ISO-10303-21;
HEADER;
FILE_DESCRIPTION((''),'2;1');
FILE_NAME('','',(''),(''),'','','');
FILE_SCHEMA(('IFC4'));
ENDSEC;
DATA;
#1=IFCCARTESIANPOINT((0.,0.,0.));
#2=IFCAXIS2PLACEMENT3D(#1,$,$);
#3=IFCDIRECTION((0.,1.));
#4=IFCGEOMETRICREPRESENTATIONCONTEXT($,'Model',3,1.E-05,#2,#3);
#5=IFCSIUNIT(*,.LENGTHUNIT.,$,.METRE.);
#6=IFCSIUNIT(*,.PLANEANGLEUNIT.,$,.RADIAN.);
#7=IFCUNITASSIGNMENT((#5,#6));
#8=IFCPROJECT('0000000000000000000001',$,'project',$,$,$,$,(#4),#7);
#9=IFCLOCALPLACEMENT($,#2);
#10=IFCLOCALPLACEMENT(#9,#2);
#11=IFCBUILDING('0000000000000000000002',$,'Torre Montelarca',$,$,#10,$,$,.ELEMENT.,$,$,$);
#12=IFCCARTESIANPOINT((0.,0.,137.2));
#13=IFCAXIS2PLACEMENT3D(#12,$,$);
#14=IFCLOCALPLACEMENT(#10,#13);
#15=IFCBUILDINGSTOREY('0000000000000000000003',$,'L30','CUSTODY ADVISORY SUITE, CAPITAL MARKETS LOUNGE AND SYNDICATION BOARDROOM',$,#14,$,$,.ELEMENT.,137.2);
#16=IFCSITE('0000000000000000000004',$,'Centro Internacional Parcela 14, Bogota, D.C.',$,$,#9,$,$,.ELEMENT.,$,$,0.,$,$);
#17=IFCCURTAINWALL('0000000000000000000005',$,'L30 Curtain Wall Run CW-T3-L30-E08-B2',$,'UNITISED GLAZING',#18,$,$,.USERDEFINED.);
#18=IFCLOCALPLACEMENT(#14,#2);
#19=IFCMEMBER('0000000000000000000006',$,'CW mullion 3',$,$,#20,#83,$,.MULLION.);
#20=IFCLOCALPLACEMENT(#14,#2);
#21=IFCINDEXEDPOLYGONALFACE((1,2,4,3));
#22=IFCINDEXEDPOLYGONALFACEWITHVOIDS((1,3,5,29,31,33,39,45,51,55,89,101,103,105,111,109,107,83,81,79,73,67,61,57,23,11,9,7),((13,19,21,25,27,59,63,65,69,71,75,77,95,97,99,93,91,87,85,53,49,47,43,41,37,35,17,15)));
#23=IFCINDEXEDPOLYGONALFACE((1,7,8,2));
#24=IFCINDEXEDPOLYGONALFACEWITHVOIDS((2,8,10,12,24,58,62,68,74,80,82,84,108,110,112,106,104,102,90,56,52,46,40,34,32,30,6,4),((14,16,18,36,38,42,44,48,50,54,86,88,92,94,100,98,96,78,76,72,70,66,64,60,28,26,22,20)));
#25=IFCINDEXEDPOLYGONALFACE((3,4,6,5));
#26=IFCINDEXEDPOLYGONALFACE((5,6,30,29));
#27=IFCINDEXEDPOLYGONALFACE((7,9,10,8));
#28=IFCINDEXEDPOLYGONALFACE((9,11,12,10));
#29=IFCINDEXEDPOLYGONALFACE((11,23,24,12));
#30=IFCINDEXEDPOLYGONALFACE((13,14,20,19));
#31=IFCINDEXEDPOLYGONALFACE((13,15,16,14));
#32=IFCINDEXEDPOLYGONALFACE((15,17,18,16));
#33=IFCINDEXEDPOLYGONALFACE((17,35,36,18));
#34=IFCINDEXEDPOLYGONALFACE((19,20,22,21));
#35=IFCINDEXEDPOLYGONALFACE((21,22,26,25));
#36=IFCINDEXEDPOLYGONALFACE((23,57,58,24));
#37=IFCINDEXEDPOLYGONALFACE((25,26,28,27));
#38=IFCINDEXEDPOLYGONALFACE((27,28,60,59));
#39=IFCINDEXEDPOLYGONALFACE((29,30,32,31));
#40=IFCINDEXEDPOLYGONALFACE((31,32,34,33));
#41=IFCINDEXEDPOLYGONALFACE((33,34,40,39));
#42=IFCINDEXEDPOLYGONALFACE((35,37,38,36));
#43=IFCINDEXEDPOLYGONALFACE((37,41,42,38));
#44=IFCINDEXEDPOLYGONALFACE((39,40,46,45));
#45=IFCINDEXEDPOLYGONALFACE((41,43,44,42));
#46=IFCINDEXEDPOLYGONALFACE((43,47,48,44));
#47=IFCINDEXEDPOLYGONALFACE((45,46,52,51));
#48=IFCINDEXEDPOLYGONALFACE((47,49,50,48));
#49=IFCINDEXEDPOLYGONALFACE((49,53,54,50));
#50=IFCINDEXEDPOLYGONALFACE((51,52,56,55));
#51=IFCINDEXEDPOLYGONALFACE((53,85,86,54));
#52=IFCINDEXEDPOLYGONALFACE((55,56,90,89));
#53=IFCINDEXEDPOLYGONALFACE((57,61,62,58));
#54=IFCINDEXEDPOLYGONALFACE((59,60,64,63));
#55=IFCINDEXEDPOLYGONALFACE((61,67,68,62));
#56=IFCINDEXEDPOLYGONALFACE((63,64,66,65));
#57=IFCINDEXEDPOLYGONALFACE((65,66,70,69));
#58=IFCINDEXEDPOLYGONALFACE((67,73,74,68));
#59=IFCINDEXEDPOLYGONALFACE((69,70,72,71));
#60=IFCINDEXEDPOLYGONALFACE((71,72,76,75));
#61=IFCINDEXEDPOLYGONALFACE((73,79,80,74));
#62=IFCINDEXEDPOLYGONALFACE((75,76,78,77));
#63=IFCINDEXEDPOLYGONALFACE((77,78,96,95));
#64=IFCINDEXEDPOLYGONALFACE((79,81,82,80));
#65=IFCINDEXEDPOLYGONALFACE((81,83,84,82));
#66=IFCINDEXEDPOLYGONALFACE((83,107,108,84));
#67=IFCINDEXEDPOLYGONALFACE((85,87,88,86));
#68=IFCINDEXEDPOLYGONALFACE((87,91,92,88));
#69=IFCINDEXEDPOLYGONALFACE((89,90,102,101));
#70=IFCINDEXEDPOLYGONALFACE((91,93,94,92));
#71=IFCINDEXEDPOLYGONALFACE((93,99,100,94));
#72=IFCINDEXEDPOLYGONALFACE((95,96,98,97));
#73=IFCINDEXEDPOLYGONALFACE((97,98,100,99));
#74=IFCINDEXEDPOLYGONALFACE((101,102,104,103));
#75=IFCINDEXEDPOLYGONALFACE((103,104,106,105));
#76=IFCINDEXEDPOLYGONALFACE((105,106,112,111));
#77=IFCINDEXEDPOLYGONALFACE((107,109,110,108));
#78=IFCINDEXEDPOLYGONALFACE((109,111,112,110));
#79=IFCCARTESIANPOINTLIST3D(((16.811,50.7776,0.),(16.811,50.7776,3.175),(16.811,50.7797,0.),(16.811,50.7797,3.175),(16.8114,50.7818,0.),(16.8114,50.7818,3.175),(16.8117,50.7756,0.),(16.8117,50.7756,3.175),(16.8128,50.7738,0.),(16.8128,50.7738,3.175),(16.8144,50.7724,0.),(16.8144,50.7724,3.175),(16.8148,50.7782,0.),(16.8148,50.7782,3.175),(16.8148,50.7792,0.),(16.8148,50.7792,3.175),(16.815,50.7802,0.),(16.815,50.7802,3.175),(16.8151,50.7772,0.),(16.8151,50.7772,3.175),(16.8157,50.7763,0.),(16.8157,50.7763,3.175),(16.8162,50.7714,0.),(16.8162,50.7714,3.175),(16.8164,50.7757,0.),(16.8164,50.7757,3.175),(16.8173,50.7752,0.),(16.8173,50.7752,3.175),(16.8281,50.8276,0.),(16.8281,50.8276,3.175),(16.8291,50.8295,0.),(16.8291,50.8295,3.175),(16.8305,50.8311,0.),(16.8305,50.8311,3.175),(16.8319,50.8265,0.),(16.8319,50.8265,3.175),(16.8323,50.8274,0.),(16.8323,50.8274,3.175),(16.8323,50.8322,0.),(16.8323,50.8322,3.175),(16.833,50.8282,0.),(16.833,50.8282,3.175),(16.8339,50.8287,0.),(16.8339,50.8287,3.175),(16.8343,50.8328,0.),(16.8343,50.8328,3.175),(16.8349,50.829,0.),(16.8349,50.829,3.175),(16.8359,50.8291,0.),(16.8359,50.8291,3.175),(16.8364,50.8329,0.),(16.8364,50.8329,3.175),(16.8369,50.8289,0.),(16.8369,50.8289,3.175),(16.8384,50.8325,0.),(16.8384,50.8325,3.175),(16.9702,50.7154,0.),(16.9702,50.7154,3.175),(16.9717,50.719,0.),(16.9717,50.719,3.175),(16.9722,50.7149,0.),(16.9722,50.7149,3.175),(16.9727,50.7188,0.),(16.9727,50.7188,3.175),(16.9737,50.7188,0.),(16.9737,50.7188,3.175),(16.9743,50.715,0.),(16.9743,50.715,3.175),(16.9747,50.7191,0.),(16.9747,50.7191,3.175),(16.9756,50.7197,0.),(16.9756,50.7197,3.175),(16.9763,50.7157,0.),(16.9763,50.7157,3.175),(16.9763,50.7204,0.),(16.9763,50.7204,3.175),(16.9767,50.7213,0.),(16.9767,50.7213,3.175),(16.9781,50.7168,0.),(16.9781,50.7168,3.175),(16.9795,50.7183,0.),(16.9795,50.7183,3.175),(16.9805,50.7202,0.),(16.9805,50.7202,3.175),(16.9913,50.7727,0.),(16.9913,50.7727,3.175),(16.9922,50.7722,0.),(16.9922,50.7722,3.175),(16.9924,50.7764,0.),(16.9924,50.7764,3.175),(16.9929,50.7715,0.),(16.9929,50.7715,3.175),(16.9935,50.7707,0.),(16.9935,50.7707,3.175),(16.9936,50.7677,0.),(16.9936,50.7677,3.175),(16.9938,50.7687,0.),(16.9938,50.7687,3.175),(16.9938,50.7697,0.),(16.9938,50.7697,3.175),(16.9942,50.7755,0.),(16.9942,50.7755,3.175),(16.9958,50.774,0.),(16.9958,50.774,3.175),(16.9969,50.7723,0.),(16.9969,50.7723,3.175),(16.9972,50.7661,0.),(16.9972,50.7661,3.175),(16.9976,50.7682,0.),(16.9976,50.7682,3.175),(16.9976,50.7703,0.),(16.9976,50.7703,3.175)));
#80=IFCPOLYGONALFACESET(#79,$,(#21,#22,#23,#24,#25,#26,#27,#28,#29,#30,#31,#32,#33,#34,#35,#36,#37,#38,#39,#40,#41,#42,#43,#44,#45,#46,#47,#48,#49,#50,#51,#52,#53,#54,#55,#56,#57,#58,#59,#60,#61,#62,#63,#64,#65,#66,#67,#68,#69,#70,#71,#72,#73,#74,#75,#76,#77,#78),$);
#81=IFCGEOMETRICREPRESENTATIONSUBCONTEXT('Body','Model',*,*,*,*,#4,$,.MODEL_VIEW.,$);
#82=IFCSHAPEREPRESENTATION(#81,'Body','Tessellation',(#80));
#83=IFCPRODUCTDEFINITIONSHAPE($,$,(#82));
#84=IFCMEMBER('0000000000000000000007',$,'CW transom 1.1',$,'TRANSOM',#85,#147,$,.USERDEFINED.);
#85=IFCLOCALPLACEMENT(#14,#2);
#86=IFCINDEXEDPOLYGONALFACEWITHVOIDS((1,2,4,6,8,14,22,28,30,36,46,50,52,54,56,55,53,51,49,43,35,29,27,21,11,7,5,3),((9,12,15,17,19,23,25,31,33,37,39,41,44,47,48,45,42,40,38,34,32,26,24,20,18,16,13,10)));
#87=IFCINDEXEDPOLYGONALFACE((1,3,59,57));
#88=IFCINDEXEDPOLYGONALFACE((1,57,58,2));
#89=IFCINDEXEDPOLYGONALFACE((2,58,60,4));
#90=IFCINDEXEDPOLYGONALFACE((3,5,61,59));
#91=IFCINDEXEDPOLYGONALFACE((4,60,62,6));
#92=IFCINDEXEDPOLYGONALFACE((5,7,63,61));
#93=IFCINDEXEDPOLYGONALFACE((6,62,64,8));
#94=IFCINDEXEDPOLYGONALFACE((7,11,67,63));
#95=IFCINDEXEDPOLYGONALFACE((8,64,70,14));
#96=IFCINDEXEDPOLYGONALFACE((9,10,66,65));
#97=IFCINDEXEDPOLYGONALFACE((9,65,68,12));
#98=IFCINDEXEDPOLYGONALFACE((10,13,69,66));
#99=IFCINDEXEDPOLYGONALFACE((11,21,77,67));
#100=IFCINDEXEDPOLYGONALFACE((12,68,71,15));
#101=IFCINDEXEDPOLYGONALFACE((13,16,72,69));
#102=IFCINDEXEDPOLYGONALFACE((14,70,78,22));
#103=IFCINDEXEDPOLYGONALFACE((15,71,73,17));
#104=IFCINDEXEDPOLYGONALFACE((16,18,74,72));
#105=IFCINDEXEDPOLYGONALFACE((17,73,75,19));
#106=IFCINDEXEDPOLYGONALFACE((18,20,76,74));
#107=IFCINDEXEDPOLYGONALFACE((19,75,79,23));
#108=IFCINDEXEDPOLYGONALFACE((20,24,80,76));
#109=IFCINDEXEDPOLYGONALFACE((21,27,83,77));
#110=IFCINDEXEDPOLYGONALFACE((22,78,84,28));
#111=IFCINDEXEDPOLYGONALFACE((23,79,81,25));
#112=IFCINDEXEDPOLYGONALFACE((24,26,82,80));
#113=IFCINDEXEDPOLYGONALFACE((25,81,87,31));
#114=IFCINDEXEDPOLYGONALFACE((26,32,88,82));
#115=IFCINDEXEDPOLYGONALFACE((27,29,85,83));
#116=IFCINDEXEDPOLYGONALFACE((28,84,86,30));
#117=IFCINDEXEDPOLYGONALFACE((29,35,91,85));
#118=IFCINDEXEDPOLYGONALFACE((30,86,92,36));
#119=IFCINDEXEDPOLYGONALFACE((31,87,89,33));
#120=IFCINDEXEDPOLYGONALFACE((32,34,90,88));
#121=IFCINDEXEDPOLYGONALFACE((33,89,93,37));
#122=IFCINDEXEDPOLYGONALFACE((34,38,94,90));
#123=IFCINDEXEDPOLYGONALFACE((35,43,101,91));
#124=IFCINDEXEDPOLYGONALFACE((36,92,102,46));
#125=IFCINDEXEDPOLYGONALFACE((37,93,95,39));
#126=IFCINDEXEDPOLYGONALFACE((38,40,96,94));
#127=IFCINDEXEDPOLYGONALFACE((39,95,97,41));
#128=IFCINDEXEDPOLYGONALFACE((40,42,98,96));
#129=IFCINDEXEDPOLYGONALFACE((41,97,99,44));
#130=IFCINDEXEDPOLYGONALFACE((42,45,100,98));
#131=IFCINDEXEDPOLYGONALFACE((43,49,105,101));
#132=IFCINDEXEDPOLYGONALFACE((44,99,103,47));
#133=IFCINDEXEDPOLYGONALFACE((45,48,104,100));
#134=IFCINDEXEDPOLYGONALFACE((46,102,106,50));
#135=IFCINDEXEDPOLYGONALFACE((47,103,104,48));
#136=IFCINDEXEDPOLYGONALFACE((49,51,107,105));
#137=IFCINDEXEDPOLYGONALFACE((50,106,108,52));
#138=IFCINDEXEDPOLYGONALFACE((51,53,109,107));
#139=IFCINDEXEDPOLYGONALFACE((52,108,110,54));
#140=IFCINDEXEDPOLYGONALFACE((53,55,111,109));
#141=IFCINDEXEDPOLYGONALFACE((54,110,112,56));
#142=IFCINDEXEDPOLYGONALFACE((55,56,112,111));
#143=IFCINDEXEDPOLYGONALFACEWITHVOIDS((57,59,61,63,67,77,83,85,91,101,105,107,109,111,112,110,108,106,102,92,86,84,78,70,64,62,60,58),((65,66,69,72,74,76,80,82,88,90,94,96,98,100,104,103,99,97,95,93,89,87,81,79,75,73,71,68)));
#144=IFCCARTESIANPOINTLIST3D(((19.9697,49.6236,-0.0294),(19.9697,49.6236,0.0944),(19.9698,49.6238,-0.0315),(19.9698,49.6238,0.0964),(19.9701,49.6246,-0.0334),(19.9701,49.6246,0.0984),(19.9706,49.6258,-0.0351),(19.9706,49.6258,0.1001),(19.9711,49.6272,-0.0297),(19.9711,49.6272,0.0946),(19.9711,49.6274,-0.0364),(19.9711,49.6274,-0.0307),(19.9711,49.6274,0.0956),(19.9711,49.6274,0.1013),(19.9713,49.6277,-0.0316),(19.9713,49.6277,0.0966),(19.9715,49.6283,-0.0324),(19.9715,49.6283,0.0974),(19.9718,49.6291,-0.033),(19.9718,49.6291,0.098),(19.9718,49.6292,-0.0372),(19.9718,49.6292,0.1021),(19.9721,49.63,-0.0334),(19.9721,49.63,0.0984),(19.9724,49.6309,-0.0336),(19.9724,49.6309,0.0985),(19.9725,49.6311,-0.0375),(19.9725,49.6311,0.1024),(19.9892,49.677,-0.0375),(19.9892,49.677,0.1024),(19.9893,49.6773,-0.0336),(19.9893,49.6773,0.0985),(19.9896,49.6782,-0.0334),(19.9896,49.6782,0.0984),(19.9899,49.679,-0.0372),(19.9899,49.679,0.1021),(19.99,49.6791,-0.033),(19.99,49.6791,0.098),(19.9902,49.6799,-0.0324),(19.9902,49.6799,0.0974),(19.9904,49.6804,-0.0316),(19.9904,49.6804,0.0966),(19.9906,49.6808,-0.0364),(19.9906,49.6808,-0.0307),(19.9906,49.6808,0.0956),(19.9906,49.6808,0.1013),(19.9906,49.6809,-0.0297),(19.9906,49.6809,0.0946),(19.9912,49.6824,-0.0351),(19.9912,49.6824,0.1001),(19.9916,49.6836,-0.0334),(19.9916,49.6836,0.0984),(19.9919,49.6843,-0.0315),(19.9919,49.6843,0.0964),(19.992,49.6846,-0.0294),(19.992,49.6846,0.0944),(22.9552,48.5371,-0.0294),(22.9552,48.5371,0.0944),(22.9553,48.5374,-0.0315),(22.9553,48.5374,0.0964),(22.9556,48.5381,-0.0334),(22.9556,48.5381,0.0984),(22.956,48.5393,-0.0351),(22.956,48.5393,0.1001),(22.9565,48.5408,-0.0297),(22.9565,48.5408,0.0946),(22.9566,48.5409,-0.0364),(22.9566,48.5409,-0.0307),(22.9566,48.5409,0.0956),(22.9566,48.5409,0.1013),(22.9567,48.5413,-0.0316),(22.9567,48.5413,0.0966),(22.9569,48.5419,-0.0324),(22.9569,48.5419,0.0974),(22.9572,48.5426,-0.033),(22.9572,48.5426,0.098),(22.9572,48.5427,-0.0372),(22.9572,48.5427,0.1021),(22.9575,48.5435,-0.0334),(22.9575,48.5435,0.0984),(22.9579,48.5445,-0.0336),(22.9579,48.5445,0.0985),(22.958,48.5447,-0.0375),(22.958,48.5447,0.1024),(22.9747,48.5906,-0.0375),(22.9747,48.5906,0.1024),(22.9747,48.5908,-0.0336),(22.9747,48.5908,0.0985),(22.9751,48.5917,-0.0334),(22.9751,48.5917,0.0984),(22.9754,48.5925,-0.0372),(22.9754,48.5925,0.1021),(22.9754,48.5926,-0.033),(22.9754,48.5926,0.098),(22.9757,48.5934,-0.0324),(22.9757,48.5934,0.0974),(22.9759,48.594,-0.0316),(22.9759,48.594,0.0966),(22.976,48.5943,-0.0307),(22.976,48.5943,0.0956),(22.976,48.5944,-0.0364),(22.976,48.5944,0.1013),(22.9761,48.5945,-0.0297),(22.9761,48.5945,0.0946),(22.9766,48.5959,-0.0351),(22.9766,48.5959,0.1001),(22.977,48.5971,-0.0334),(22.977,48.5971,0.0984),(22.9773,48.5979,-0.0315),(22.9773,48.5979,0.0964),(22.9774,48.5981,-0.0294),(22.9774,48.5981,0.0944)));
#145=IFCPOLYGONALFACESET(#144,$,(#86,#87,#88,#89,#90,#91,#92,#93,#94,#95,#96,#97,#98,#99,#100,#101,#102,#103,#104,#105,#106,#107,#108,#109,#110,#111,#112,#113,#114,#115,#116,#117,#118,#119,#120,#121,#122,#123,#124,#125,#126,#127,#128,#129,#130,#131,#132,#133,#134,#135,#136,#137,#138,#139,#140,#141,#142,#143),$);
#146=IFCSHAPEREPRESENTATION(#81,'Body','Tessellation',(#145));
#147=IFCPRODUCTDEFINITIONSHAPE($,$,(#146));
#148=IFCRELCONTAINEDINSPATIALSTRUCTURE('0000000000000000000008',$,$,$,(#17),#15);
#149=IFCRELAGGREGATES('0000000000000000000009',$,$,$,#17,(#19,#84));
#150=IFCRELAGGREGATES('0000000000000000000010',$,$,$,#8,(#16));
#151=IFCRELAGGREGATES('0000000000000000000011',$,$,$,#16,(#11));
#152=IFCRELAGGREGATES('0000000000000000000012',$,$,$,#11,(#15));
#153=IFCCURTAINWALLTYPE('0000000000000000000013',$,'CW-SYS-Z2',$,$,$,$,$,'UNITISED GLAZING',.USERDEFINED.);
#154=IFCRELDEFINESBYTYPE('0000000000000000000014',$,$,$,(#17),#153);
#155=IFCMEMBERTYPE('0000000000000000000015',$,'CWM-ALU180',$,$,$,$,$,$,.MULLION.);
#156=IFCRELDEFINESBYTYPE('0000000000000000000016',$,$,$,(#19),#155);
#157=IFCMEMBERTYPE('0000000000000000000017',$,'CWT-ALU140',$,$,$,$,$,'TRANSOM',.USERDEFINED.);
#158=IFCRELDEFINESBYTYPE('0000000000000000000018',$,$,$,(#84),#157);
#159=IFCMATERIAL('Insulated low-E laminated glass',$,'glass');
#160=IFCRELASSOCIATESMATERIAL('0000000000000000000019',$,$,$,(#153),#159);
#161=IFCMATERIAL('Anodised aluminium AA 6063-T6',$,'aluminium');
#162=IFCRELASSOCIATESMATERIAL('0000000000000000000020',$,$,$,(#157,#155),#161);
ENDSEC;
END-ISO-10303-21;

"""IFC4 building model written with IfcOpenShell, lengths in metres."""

from ifc_helpers import new_model, si_unit, direction, frame, origin, origin_2d, place, context, subcontext, project, spatial, hollow_rectangle, extrude, source, transform, mapped, material, material_profile, profile_set, type_object, element, aggregate, save


model = new_model("IFC4")

# Units and contexts
model_context = context("Model", 3, precision=1e-05, world=origin(), true_north=direction((0.0, 1.0)))
body_context = subcontext(model_context, "Body", "Model", "MODEL_VIEW")
ifc_project = project(units=[si_unit("LENGTHUNIT", "METRE"), si_unit("PLANEANGLEUNIT", "RADIAN")], contexts=[model_context])

# Site, building, storey
site_placement = place(None, origin())
site = spatial("IfcSite", under=ifc_project, at=site_placement, Name="Centro Internacional Parcela 14, Bogota, D.C.", CompositionType="ELEMENT", RefElevation=0.0)
building_placement = place(site_placement, origin())
building = spatial("IfcBuilding", under=site, at=building_placement, Name="Torre Montelarca", CompositionType="ELEMENT")
storey_placement = place(building_placement, frame((0.0, 0.0, 137.2)))
storey = spatial("IfcBuildingStorey", under=building, at=storey_placement, Name="L30", Description="CUSTODY ADVISORY SUITE, CAPITAL MARKETS LOUNGE AND SYNDICATION BOARDROOM", CompositionType="ELEMENT", Elevation=137.2)

# Curtain wall, members
ifc_material_1 = material(Name="Insulated low-E laminated glass", Category="glass")
curtain_wall_type = type_object("IfcCurtainWallType", Name="CW-SYS-Z2", ElementType="UNITISED GLAZING", PredefinedType="USERDEFINED", material=ifc_material_1)
ifc_material_2 = material(Name="Anodised aluminium AA 6063-T6", Category="aluminium")
ifc_material_profile_1 = material_profile(ifc_material_2, hollow_rectangle(XDim=0.0649, YDim=0.1399, WallThickness=0.0039, InnerFilletRadius=0.0039, OuterFilletRadius=0.0081, at=origin_2d()), Name="ALU65X140X4", Category="aluminium")
ifc_profile_set_1 = profile_set([ifc_material_profile_1], Name="Anodised aluminium AA 6063-T6")
member_type_1 = type_object("IfcMemberType", Name="CWT-ALU140", ElementType="TRANSOM", PredefinedType="USERDEFINED", material=ifc_profile_set_1)
ifc_material_profile_2 = material_profile(ifc_material_2, hollow_rectangle(XDim=0.0649, YDim=0.1799, WallThickness=0.0039, InnerFilletRadius=0.0039, OuterFilletRadius=0.0081, at=origin_2d()), Name="ALU65X180X4", Category="aluminium")
ifc_profile_set_2 = profile_set([ifc_material_profile_2], Name="Anodised aluminium AA 6063-T6")
member_type_2 = type_object("IfcMemberType", Name="CWM-ALU180", PredefinedType="MULLION", material=ifc_profile_set_2)
curtain_wall_1_placement = place(storey_placement, origin())
curtain_wall_1 = element("IfcCurtainWall", 1, at=curtain_wall_1_placement, inside=storey, type_object=curtain_wall_type, Name="L30 Curtain Wall Run CW-T3-L30-E08-B2", ObjectType="UNITISED GLAZING", PredefinedType="USERDEFINED")
shared_shape_1 = source(origin(), body_context, "Body", "SweptSolid", [
    extrude(hollow_rectangle(XDim=0.0649, YDim=0.1799, WallThickness=0.0039, InnerFilletRadius=0.0039, OuterFilletRadius=0.0081, at=origin_2d()), origin(), (0.0, 0.0, 1.0), 3.175),
])
member_1_placement = place(storey_placement, frame((16.9043, 50.7739, 0.0), z_axis=(0.0, 0.0, 1.0), x_axis=(-0.342016, -0.939694, 0.0)))
member_1 = element("IfcMember", 2, at=member_1_placement, type_object=member_type_2, Name="CW mullion 3", PredefinedType="MULLION", context=body_context, shape_type="MappedRepresentation", body=[
    mapped(shared_shape_1, transform((0.0, 0.0, 0.0), scale=1.0)),
])
shared_shape_2 = source(origin(), body_context, "Body", "SweptSolid", [
    extrude(hollow_rectangle(XDim=0.0649, YDim=0.1399, WallThickness=0.0039, InnerFilletRadius=0.0039, OuterFilletRadius=0.0081, at=origin_2d()), origin(), (0.0, 0.0, 1.0), 3.177),
])
member_2_placement = place(storey_placement, frame((22.9663, 48.5676, 0.0325), z_axis=(-0.939708, 0.341978, 0.0), x_axis=(-0.341978, -0.939708, 0.0)))
member_2 = element("IfcMember", 3, at=member_2_placement, type_object=member_type_1, Name="CW transom 1.1", ObjectType="TRANSOM", PredefinedType="USERDEFINED", context=body_context, shape_type="MappedRepresentation", body=[
    mapped(shared_shape_2, transform((0.0, 0.0, 0.0), scale=1.0)),
])

aggregate(curtain_wall_1, [member_1, member_2])

save(model, "model.ifc")
